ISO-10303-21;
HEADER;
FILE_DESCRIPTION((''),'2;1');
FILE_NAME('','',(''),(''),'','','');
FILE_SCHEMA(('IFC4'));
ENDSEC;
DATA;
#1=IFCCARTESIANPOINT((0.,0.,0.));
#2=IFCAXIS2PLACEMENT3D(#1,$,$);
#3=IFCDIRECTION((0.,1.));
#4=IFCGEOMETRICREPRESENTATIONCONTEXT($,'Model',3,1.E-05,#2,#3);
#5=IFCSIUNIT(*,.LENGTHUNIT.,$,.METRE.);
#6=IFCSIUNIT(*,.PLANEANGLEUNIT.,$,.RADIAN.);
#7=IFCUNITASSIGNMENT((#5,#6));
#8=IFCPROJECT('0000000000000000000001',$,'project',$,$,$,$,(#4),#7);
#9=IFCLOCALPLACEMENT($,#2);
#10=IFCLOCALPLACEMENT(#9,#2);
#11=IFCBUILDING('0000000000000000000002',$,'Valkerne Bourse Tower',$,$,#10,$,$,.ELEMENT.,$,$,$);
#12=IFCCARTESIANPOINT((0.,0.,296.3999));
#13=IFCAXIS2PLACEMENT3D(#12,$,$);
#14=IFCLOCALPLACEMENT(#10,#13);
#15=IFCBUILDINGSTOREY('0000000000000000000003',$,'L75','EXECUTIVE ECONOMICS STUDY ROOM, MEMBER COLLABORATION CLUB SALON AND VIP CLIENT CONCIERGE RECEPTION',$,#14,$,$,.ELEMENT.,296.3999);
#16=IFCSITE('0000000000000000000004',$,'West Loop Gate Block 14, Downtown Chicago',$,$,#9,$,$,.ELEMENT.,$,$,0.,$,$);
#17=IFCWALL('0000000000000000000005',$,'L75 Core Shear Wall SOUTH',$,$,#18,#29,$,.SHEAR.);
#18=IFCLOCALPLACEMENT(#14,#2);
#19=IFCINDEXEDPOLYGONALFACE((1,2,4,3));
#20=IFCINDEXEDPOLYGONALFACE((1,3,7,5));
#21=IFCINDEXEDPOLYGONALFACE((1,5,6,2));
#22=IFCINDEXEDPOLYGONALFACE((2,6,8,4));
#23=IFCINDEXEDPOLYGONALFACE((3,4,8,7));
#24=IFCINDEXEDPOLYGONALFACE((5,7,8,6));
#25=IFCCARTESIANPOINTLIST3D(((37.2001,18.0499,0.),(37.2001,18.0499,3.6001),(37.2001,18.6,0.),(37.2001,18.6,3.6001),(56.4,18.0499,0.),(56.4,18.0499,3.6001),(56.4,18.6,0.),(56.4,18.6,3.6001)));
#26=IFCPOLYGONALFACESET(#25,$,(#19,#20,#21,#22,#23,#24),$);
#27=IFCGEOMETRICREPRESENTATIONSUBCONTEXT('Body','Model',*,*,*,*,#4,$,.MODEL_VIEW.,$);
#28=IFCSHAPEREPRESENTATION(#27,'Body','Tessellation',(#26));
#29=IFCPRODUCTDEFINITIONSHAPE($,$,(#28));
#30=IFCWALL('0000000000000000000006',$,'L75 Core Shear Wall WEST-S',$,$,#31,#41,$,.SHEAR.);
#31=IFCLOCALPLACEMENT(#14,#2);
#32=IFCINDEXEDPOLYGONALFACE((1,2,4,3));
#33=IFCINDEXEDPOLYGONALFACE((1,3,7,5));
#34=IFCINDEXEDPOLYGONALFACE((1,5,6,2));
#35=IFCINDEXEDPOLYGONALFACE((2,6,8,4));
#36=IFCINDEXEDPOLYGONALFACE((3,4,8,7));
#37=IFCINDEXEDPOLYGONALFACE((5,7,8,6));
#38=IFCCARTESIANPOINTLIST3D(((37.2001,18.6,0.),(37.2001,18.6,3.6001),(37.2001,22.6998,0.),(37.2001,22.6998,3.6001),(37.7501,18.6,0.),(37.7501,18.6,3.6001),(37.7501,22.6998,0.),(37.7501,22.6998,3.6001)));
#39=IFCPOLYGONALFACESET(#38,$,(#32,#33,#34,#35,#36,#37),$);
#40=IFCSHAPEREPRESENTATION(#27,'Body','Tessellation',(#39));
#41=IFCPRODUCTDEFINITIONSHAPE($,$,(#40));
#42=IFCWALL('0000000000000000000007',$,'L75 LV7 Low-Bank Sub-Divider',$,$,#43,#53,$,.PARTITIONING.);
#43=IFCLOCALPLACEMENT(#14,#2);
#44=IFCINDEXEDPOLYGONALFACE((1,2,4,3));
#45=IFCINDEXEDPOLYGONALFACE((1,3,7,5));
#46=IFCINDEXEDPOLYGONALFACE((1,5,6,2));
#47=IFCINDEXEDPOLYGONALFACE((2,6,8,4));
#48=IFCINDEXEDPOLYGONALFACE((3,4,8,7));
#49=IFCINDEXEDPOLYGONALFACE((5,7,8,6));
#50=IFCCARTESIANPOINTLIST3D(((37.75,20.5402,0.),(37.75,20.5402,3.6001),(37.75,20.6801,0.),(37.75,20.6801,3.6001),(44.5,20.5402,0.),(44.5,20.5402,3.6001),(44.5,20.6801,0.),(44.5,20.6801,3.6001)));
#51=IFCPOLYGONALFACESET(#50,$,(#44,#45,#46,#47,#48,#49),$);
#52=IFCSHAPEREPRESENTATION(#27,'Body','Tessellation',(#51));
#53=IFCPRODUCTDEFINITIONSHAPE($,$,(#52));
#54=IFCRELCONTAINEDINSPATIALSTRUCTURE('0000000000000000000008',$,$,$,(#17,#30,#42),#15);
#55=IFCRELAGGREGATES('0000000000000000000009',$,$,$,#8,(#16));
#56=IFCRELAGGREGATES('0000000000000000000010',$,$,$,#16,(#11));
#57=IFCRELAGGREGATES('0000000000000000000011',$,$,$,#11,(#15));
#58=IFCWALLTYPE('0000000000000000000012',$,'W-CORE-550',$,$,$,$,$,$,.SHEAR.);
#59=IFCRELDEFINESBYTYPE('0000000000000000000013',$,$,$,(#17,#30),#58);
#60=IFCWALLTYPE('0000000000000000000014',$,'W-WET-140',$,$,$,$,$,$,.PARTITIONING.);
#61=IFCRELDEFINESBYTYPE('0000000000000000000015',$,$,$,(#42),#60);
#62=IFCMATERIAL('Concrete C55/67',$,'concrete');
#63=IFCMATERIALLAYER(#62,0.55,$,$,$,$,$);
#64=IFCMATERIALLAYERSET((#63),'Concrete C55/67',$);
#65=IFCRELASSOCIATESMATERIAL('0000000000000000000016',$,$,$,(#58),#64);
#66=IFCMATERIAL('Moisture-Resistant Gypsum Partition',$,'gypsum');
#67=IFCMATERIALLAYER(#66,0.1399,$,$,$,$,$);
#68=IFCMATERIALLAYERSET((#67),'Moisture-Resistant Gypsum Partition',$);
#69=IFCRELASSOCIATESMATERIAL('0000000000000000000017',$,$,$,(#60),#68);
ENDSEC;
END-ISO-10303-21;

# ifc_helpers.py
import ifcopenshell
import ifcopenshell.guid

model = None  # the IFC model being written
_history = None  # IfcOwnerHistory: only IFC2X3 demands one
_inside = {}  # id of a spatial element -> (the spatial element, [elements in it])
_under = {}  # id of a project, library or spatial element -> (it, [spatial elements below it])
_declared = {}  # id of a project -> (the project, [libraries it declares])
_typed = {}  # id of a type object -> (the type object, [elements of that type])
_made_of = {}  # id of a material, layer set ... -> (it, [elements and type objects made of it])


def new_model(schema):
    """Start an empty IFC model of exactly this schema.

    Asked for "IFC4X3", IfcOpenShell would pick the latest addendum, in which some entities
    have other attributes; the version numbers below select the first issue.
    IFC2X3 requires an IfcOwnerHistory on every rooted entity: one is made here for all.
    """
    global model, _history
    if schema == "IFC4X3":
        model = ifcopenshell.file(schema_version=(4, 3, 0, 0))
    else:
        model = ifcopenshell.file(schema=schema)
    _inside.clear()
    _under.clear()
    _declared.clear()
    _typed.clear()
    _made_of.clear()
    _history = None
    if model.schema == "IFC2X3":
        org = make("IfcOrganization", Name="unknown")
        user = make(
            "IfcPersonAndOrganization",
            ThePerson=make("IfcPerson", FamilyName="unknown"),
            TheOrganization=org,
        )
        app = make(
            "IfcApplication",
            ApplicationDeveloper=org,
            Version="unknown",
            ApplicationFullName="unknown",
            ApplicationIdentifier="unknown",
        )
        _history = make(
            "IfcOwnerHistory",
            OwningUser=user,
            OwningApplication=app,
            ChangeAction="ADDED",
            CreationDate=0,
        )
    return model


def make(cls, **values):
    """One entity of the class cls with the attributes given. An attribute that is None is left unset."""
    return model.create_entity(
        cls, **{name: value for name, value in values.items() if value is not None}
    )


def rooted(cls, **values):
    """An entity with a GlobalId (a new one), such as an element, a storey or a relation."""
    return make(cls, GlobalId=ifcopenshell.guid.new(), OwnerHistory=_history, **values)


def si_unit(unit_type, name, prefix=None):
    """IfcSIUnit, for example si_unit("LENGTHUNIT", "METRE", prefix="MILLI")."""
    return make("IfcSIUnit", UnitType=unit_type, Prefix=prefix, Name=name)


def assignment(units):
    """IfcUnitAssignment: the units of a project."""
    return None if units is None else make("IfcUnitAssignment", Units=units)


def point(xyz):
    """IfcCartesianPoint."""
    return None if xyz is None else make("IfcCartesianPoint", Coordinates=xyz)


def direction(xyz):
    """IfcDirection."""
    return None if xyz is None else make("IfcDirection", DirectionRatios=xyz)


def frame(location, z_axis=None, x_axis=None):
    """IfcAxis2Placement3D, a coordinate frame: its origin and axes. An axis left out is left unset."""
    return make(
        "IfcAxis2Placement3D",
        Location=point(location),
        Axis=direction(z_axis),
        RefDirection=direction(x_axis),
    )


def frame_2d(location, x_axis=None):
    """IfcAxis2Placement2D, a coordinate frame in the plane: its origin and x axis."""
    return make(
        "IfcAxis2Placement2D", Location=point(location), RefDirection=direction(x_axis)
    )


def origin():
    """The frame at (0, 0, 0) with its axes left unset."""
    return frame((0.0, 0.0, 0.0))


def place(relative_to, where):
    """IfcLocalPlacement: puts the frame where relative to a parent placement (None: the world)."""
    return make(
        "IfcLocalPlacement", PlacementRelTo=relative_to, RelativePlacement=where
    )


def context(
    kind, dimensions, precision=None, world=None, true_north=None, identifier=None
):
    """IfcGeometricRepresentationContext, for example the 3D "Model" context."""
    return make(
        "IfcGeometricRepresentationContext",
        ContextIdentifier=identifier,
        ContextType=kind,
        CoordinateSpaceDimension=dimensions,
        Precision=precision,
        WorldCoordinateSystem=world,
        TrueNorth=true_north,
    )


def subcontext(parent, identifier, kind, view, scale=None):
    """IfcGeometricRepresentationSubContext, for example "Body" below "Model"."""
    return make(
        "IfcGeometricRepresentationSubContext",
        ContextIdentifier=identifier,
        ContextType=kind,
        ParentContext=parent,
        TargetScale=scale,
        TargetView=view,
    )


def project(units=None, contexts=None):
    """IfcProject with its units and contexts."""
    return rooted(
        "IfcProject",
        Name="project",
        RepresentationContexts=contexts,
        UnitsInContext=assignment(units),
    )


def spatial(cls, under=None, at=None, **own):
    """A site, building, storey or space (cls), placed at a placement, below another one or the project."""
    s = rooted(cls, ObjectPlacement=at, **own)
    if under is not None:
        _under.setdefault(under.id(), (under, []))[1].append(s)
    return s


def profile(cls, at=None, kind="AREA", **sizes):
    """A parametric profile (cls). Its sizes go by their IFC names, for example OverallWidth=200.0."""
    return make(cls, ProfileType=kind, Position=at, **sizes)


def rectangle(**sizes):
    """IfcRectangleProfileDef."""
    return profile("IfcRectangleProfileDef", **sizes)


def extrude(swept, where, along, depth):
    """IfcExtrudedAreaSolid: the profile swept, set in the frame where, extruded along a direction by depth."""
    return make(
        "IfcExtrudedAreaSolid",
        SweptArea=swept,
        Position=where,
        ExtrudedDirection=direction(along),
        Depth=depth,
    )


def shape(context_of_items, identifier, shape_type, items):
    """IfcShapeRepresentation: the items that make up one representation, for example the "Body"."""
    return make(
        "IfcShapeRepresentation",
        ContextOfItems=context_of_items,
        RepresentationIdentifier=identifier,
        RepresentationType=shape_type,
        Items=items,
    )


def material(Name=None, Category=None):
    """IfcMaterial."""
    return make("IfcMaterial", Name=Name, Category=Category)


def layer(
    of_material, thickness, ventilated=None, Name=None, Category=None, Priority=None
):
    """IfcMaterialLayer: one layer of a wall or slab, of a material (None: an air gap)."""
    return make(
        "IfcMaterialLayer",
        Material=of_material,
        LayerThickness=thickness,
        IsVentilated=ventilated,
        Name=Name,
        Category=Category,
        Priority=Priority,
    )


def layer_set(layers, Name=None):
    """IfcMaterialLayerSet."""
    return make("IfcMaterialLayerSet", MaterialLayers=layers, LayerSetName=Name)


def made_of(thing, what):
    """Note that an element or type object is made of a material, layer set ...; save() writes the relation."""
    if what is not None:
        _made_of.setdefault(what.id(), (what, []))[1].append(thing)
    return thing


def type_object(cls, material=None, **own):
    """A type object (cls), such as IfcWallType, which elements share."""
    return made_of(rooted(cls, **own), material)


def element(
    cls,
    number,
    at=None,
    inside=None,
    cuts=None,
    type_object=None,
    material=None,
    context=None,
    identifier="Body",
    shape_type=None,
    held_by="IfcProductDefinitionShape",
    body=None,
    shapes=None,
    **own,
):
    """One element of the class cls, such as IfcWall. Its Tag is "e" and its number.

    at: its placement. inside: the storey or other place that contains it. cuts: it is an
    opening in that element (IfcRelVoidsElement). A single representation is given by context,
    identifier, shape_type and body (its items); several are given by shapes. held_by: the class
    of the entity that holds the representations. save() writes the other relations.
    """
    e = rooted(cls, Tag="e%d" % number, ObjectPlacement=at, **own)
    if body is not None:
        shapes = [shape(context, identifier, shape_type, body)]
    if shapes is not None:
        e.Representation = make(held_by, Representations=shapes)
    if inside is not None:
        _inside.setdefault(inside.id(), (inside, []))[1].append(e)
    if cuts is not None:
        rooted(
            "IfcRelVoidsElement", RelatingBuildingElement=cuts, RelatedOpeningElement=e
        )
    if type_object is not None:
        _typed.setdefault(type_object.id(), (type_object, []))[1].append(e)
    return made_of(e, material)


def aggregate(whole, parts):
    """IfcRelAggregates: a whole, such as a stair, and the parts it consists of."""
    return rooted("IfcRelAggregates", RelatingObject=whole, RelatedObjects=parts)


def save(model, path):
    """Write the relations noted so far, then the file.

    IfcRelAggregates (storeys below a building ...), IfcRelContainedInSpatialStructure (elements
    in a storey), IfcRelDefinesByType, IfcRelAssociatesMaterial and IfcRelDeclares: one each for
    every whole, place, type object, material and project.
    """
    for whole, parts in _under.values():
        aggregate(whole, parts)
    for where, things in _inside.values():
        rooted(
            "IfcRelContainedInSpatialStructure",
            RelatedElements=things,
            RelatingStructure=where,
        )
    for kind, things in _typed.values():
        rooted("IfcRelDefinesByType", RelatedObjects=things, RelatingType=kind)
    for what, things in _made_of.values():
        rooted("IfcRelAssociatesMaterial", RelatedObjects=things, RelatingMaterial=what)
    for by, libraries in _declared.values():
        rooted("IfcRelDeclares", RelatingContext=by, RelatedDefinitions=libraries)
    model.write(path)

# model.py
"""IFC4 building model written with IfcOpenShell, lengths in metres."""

from ifc_helpers import new_model, si_unit, direction, frame, frame_2d, origin, place, context, subcontext, project, spatial, rectangle, extrude, material, layer, layer_set, type_object, element, save


model = new_model("IFC4")

# Units and contexts
model_context = context("Model", 3, precision=1e-05, world=origin(), true_north=direction((0.0, 1.0)))
body_context = subcontext(model_context, "Body", "Model", "MODEL_VIEW")
ifc_project = project(units=[si_unit("LENGTHUNIT", "METRE"), si_unit("PLANEANGLEUNIT", "RADIAN")], contexts=[model_context])

# Site, building, storey
site_placement = place(None, origin())
site = spatial("IfcSite", under=ifc_project, at=site_placement, Name="West Loop Gate Block 14, Downtown Chicago", CompositionType="ELEMENT", RefElevation=0.0)
building_placement = place(site_placement, origin())
building = spatial("IfcBuilding", under=site, at=building_placement, Name="Valkerne Bourse Tower", CompositionType="ELEMENT")
storey_placement = place(building_placement, frame((0.0, 0.0, 296.3999)))
storey = spatial("IfcBuildingStorey", under=building, at=storey_placement, Name="L75", Description="EXECUTIVE ECONOMICS STUDY ROOM, MEMBER COLLABORATION CLUB SALON AND VIP CLIENT CONCIERGE RECEPTION", CompositionType="ELEMENT", Elevation=296.3999)

# Walls
ifc_material_1 = material(Name="Concrete C55/67", Category="concrete")
ifc_layer_1 = layer(ifc_material_1, 0.55)
ifc_layer_set_1 = layer_set([ifc_layer_1], Name="Concrete C55/67")
wall_type_1 = type_object("IfcWallType", Name="W-CORE-550", PredefinedType="SHEAR", material=ifc_layer_set_1)
wall_1_placement = place(storey_placement, frame((37.2, 18.325, 0.0), z_axis=(0.0, 0.0, 1.0), x_axis=(1.0, 0.0, 0.0)))
element("IfcWall", 1, at=wall_1_placement, inside=storey, type_object=wall_type_1, Name="L75 Core Shear Wall SOUTH", PredefinedType="SHEAR", context=body_context, shape_type="SweptSolid", body=[
    extrude(rectangle(XDim=19.2, YDim=0.55, at=frame_2d((9.6001, 0.0))), origin(), (0.0, 0.0, 1.0), 3.6001),
])
wall_2_placement = place(storey_placement, frame((37.4751, 18.6001, 0.0), z_axis=(0.0, 0.0, 1.0), x_axis=(0.0, 1.0, 0.0)))
element("IfcWall", 2, at=wall_2_placement, inside=storey, type_object=wall_type_1, Name="L75 Core Shear Wall WEST-S", PredefinedType="SHEAR", context=body_context, shape_type="SweptSolid", body=[
    extrude(rectangle(XDim=4.0999, YDim=0.55, at=frame_2d((2.0498, 0.0))), origin(), (0.0, 0.0, 1.0), 3.6001),
])
ifc_material_2 = material(Name="Moisture-Resistant Gypsum Partition", Category="gypsum")
ifc_layer_2 = layer(ifc_material_2, 0.1399)
ifc_layer_set_2 = layer_set([ifc_layer_2], Name="Moisture-Resistant Gypsum Partition")
wall_type_2 = type_object("IfcWallType", Name="W-WET-140", PredefinedType="PARTITIONING", material=ifc_layer_set_2)
wall_3_placement = place(storey_placement, frame((37.75, 20.6101, 0.0), z_axis=(0.0, 0.0, 1.0), x_axis=(1.0, 0.0, 0.0)))
element("IfcWall", 3, at=wall_3_placement, inside=storey, type_object=wall_type_2, Name="L75 LV7 Low-Bank Sub-Divider", PredefinedType="PARTITIONING", context=body_context, shape_type="SweptSolid", body=[
    extrude(rectangle(XDim=6.75, YDim=0.1399, at=frame_2d((3.375, 0.0))), origin(), (0.0, 0.0, 1.0), 3.6001),
])

save(model, "model.ifc")
